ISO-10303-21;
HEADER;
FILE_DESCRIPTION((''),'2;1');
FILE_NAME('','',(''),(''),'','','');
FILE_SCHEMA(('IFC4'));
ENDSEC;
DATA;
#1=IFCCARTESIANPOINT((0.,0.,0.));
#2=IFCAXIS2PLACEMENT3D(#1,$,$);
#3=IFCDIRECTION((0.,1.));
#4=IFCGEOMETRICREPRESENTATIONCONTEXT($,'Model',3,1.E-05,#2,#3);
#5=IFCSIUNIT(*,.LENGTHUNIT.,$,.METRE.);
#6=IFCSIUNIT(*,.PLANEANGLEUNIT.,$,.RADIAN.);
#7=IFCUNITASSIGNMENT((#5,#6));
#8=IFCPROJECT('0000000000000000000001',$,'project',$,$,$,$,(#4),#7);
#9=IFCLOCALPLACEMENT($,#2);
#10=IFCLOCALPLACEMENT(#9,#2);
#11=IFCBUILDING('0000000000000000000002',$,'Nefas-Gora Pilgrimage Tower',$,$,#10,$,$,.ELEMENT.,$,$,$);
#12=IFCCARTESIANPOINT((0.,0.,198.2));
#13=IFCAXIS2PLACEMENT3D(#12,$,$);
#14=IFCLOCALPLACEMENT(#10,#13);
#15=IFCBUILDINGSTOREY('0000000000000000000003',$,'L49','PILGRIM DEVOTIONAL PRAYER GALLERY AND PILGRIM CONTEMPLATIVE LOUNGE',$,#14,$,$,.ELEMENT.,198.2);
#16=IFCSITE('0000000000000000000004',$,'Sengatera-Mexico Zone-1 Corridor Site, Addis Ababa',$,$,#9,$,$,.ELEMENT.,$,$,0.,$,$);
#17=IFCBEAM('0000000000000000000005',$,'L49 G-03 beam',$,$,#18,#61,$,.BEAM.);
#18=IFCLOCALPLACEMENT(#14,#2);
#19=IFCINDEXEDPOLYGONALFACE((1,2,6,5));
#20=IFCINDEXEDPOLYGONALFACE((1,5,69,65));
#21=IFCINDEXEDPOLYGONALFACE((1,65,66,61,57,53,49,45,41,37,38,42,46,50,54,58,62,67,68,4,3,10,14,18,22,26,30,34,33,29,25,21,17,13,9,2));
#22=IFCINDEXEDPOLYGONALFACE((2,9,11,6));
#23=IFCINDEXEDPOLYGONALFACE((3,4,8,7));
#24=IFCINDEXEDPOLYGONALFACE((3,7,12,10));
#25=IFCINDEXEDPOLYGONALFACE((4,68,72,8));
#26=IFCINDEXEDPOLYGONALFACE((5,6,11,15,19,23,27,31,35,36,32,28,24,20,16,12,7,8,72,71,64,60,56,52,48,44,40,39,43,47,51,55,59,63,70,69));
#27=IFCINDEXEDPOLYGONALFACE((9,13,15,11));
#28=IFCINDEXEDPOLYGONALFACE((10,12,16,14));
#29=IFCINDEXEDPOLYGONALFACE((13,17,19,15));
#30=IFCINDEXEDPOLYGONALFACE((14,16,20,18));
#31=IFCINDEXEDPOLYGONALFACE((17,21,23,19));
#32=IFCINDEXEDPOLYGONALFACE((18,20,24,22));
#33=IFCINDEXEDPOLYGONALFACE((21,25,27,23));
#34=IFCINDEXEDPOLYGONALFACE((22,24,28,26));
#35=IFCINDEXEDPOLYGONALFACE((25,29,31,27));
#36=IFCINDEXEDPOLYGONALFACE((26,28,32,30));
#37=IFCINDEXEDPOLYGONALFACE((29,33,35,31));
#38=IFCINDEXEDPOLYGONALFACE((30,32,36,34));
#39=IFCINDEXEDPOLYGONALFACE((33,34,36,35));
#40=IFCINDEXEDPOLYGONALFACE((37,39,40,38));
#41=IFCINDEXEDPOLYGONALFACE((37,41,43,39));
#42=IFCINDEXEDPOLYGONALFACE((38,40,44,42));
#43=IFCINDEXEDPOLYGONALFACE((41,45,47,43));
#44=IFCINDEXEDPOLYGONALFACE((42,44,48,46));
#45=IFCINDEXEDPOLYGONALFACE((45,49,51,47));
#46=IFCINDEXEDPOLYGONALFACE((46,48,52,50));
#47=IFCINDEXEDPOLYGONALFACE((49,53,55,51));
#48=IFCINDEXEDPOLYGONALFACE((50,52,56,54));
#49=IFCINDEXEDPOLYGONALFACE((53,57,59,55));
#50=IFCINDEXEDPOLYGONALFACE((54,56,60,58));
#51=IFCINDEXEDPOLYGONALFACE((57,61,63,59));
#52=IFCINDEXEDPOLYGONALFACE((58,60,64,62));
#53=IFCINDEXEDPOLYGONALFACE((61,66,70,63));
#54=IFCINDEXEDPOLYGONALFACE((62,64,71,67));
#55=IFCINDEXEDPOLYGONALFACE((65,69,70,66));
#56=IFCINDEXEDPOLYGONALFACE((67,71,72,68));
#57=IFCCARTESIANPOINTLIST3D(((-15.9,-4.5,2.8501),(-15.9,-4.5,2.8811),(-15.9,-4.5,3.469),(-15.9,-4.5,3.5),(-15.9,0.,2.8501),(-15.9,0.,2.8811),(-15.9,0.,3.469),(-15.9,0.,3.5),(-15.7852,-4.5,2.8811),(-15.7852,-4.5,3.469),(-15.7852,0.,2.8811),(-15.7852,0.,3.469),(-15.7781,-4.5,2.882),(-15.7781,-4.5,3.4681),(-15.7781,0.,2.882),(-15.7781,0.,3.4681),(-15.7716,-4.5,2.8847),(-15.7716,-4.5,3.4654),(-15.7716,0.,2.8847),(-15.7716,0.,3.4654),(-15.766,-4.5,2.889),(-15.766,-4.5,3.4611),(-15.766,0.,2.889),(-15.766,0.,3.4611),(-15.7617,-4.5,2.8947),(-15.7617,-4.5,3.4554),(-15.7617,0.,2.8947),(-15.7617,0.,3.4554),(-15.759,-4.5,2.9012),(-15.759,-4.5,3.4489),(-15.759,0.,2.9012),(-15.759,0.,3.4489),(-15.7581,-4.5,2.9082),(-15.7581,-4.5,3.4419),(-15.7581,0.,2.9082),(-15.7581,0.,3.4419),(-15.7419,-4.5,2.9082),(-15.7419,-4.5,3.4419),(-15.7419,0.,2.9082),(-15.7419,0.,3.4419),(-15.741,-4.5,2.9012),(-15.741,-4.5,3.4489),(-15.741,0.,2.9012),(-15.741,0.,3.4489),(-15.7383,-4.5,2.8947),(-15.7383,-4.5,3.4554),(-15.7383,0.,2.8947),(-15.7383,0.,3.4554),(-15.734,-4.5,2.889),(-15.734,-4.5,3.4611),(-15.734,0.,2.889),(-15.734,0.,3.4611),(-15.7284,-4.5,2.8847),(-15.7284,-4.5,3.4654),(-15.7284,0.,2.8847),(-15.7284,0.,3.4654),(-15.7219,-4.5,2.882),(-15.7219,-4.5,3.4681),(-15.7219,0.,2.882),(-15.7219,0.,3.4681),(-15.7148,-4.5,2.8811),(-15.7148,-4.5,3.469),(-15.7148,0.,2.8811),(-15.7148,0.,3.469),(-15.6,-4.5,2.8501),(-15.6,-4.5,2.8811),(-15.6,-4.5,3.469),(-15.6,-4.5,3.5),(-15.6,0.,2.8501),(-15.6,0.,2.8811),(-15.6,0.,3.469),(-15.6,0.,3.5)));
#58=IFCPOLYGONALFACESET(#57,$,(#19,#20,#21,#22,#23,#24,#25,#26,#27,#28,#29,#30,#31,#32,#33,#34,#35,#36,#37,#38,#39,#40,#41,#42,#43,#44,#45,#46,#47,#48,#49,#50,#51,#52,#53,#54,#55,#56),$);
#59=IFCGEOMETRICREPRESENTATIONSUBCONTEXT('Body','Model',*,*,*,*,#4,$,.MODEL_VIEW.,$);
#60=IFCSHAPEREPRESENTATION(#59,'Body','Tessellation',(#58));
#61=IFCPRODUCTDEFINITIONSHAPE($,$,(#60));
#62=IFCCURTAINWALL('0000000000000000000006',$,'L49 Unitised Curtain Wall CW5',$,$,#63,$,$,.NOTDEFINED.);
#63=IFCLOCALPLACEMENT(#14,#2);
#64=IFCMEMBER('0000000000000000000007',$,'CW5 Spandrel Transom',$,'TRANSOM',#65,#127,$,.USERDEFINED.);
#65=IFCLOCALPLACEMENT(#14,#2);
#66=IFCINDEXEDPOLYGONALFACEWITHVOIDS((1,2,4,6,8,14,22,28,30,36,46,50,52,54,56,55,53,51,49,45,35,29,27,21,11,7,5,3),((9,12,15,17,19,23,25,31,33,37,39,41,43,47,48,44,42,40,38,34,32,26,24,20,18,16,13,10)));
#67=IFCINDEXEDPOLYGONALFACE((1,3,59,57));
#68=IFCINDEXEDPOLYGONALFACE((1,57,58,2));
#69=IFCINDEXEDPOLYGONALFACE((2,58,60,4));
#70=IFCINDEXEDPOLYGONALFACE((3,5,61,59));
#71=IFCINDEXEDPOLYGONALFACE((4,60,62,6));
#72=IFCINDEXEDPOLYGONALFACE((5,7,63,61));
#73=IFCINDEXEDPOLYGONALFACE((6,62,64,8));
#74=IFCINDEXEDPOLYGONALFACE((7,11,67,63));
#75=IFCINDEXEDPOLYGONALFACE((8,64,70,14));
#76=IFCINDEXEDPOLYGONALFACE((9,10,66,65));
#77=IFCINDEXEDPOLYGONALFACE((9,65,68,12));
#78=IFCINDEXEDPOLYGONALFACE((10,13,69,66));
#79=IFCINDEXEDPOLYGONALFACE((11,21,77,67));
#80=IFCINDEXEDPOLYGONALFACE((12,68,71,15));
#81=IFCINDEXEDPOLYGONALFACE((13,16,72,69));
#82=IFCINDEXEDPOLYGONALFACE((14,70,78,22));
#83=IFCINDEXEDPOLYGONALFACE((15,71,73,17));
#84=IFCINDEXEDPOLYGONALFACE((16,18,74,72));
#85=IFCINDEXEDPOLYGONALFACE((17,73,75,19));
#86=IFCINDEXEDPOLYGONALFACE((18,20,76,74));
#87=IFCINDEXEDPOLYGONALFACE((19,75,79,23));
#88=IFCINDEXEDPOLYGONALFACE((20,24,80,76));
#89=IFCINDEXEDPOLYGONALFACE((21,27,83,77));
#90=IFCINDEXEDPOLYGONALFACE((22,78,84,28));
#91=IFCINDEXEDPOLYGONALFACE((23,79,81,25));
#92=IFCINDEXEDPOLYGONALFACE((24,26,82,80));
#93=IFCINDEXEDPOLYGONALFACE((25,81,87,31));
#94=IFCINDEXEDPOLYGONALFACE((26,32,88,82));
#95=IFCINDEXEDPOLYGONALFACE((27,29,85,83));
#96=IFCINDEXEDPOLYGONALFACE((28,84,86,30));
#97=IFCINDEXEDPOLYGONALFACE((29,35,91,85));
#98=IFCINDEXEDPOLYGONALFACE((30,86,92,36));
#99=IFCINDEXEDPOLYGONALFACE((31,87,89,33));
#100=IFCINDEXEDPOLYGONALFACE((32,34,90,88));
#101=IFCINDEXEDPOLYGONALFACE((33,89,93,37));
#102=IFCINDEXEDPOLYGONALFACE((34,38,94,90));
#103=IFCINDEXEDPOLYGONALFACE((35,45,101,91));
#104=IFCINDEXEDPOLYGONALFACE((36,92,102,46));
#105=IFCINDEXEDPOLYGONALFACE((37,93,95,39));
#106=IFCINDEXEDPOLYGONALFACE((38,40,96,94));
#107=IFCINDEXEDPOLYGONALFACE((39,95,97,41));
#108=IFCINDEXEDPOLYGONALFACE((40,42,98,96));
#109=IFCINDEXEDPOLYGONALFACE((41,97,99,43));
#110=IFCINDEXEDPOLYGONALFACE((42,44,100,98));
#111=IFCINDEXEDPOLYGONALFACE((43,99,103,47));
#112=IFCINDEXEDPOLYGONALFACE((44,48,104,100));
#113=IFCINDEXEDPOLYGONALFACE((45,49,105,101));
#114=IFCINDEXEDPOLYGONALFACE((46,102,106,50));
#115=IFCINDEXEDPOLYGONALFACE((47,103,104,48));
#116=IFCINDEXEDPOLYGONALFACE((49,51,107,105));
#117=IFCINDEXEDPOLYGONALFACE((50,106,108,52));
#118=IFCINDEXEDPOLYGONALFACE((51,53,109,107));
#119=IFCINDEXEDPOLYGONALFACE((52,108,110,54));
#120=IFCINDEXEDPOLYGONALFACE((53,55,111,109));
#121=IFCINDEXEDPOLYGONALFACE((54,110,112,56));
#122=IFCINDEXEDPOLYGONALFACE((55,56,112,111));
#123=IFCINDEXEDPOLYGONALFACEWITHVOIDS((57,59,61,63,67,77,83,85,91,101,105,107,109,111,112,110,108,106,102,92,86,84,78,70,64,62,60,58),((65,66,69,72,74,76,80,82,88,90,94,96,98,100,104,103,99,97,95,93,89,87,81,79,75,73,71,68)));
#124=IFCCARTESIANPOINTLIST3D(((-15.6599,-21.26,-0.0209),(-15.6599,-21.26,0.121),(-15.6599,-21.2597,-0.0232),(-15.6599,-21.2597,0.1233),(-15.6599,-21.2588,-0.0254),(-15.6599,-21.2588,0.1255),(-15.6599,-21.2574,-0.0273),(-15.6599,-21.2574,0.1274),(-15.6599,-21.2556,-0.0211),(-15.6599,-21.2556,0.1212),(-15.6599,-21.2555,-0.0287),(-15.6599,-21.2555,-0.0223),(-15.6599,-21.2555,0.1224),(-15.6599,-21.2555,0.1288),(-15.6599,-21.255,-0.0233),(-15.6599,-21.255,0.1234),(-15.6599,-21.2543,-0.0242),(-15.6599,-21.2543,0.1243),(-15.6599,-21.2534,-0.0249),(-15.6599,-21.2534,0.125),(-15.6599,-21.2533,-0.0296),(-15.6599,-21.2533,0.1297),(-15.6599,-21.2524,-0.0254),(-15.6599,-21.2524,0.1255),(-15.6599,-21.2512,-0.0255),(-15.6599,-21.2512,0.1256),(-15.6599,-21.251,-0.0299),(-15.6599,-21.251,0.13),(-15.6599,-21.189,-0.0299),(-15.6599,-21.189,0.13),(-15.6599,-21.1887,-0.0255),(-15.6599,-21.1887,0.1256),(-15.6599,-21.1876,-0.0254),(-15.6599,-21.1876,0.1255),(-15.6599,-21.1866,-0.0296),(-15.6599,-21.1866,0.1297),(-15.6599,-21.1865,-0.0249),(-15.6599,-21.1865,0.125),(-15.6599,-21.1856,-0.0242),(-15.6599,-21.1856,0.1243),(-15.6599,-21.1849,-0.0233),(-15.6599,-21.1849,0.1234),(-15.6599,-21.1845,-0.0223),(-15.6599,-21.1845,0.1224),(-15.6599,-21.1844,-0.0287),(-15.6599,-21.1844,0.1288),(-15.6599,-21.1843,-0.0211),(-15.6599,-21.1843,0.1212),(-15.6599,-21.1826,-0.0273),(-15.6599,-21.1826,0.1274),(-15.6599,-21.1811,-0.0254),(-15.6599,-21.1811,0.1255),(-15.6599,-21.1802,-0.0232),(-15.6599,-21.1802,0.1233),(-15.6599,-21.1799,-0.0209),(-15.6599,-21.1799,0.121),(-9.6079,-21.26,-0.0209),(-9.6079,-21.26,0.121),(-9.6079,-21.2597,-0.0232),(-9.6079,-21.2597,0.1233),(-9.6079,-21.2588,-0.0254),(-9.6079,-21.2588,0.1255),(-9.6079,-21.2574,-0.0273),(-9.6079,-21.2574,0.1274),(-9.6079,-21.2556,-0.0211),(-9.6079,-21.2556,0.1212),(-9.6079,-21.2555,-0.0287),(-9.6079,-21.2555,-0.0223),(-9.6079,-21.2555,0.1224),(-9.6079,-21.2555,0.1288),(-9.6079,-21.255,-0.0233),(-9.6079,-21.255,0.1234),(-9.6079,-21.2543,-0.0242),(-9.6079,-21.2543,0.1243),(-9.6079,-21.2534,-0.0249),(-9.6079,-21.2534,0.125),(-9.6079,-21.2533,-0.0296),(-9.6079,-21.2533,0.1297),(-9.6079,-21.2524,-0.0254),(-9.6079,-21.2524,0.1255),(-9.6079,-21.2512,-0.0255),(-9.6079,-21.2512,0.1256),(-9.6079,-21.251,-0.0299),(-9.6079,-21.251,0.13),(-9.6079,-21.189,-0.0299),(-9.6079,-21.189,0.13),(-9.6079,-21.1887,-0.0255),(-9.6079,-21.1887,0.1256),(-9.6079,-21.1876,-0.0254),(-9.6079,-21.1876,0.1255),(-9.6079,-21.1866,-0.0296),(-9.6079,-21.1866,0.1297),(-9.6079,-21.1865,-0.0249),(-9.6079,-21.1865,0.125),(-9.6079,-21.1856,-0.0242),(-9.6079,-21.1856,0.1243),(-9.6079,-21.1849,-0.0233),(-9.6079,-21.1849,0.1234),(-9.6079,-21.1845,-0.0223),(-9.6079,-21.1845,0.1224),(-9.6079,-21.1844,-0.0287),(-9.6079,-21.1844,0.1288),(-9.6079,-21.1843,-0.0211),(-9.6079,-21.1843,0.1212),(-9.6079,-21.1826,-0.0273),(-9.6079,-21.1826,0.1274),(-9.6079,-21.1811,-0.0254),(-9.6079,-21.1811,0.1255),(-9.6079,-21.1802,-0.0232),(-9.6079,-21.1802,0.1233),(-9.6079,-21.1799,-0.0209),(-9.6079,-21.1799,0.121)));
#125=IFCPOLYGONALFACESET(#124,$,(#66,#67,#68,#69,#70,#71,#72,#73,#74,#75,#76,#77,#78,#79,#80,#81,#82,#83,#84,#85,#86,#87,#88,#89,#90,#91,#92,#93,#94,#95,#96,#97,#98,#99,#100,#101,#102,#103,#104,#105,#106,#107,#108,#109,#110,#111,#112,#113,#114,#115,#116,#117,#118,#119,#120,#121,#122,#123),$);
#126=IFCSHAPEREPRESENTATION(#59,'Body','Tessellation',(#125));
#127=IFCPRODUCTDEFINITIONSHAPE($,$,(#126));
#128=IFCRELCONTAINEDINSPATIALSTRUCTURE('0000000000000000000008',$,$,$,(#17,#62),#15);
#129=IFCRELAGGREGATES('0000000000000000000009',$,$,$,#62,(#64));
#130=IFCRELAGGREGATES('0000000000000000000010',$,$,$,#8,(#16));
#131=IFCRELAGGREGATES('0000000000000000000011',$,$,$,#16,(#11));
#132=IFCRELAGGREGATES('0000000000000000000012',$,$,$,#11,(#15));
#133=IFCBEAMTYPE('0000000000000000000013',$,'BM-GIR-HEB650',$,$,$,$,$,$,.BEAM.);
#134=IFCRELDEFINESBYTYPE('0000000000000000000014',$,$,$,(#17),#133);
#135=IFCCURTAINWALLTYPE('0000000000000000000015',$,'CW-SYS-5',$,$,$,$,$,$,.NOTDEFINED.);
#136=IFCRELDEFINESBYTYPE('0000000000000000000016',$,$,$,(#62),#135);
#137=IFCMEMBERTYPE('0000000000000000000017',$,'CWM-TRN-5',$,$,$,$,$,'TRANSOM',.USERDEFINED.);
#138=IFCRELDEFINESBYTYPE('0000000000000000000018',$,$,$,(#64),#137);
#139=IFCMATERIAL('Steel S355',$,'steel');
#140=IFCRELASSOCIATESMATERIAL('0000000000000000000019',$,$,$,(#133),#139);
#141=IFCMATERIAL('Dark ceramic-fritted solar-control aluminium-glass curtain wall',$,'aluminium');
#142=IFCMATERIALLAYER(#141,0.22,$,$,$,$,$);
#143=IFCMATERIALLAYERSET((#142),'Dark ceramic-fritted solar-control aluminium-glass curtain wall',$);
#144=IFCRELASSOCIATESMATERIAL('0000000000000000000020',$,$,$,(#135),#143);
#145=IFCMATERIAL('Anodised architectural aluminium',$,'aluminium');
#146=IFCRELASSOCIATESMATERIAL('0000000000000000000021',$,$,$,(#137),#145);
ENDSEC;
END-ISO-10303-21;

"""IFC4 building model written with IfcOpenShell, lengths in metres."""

from ifc_helpers import new_model, si_unit, direction, frame, origin, origin_2d, place, context, subcontext, project, spatial, hollow_rectangle, i_section, extrude, source, transform, mapped, material, layer, layer_set, material_profile, profile_set, type_object, element, aggregate, save


model = new_model("IFC4")

# Units and contexts
model_context = context("Model", 3, precision=1e-05, world=origin(), true_north=direction((0.0, 1.0)))
body_context = subcontext(model_context, "Body", "Model", "MODEL_VIEW")
ifc_project = project(units=[si_unit("LENGTHUNIT", "METRE"), si_unit("PLANEANGLEUNIT", "RADIAN")], contexts=[model_context])

# Site, building, storey
site_placement = place(None, origin())
site = spatial("IfcSite", under=ifc_project, at=site_placement, Name="Sengatera-Mexico Zone-1 Corridor Site, Addis Ababa", CompositionType="ELEMENT", RefElevation=0.0)
building_placement = place(site_placement, origin())
building = spatial("IfcBuilding", under=site, at=building_placement, Name="Nefas-Gora Pilgrimage Tower", CompositionType="ELEMENT")
storey_placement = place(building_placement, frame((0.0, 0.0, 198.2)))
storey = spatial("IfcBuildingStorey", under=building, at=storey_placement, Name="L49", Description="PILGRIM DEVOTIONAL PRAYER GALLERY AND PILGRIM CONTEMPLATIVE LOUNGE", CompositionType="ELEMENT", Elevation=198.2)

# Beam
ifc_material_1 = material(Name="Steel S355", Category="steel")
ifc_material_profile_1 = material_profile(ifc_material_1, i_section(OverallWidth=0.3, OverallDepth=0.6499, WebThickness=0.0161, FlangeThickness=0.031, FilletRadius=0.0271, at=origin_2d()), Name="HEB 650")
ifc_profile_set_1 = profile_set([ifc_material_profile_1], Name="Steel S355")
beam_type = type_object("IfcBeamType", Name="BM-GIR-HEB650", PredefinedType="BEAM", material=ifc_profile_set_1)
shared_shape_1 = source(origin(), body_context, "Body", "SweptSolid", [
    extrude(i_section(OverallWidth=0.3, OverallDepth=0.6499, WebThickness=0.0161, FlangeThickness=0.031, FilletRadius=0.0271, at=origin_2d()), origin(), (0.0, 0.0, 1.0), 4.5),
])
for number, where, z_axis, x_axis, name in (
    (1, (-15.75, -4.5, 3.175), (0.0, 1.0, 0.0), (-1.0, 0.0, 0.0), "L49 G-03 beam"),
):
    element("IfcBeam", number, at=place(storey_placement, frame(where, z_axis=z_axis, x_axis=x_axis)), inside=storey, type_object=beam_type, Name=name, PredefinedType="BEAM", context=body_context, shape_type="MappedRepresentation", body=[
        mapped(shared_shape_1, transform((0.0, 0.0, 0.0), x_axis=(1.0, 0.0, 0.0), y_axis=(0.0, 1.0, 0.0), z_axis=(0.0, 0.0, 1.0), scale=1.0)),
    ])

# Curtain wall, member
ifc_material_2 = material(Name="Dark ceramic-fritted solar-control aluminium-glass curtain wall", Category="aluminium")
ifc_layer_1 = layer(ifc_material_2, 0.22)
ifc_layer_set_1 = layer_set([ifc_layer_1], Name="Dark ceramic-fritted solar-control aluminium-glass curtain wall")
curtain_wall_type_1 = type_object("IfcCurtainWallType", Name="CW-SYS-5", PredefinedType="NOTDEFINED", material=ifc_layer_set_1)
curtain_wall_1_placement = place(storey_placement, origin())
curtain_wall_1 = element("IfcCurtainWall", 2, at=curtain_wall_1_placement, inside=storey, type_object=curtain_wall_type_1, Name="L49 Unitised Curtain Wall CW5", PredefinedType="NOTDEFINED")
ifc_material_3 = material(Name="Anodised architectural aluminium", Category="aluminium")
ifc_material_profile_2 = material_profile(ifc_material_3, hollow_rectangle(XDim=0.0801, YDim=0.1599, WallThickness=0.0044, InnerFilletRadius=0.0044, OuterFilletRadius=0.009, at=origin_2d()), Name="ALU TRANSOM 80x160")
ifc_profile_set_2 = profile_set([ifc_material_profile_2], Name="Anodised architectural aluminium")
member_type_1 = type_object("IfcMemberType", Name="CWM-TRN-5", ElementType="TRANSOM", PredefinedType="USERDEFINED", material=ifc_profile_set_2)
shared_shape_2 = source(origin(), body_context, "Body", "SweptSolid", [
    extrude(hollow_rectangle(XDim=0.0801, YDim=0.1599, WallThickness=0.0044, InnerFilletRadius=0.0044, OuterFilletRadius=0.009, at=origin_2d()), origin(), (0.0, 0.0, 1.0), 6.052),
])
member_1_placement = place(storey_placement, frame((-15.6599, -21.22, 0.05), z_axis=(1.0, 0.0, 0.0), x_axis=(0.0, 1.0, 0.0)))
member_1 = element("IfcMember", 3, at=member_1_placement, type_object=member_type_1, Name="CW5 Spandrel Transom", ObjectType="TRANSOM", PredefinedType="USERDEFINED", context=body_context, shape_type="MappedRepresentation", body=[
    mapped(shared_shape_2, transform((0.0, 0.0, 0.0), x_axis=(1.0, 0.0, 0.0), y_axis=(0.0, 1.0, 0.0), z_axis=(0.0, 0.0, 1.0), scale=1.0)),
])

aggregate(curtain_wall_1, [member_1])

save(model, "model.ifc")
